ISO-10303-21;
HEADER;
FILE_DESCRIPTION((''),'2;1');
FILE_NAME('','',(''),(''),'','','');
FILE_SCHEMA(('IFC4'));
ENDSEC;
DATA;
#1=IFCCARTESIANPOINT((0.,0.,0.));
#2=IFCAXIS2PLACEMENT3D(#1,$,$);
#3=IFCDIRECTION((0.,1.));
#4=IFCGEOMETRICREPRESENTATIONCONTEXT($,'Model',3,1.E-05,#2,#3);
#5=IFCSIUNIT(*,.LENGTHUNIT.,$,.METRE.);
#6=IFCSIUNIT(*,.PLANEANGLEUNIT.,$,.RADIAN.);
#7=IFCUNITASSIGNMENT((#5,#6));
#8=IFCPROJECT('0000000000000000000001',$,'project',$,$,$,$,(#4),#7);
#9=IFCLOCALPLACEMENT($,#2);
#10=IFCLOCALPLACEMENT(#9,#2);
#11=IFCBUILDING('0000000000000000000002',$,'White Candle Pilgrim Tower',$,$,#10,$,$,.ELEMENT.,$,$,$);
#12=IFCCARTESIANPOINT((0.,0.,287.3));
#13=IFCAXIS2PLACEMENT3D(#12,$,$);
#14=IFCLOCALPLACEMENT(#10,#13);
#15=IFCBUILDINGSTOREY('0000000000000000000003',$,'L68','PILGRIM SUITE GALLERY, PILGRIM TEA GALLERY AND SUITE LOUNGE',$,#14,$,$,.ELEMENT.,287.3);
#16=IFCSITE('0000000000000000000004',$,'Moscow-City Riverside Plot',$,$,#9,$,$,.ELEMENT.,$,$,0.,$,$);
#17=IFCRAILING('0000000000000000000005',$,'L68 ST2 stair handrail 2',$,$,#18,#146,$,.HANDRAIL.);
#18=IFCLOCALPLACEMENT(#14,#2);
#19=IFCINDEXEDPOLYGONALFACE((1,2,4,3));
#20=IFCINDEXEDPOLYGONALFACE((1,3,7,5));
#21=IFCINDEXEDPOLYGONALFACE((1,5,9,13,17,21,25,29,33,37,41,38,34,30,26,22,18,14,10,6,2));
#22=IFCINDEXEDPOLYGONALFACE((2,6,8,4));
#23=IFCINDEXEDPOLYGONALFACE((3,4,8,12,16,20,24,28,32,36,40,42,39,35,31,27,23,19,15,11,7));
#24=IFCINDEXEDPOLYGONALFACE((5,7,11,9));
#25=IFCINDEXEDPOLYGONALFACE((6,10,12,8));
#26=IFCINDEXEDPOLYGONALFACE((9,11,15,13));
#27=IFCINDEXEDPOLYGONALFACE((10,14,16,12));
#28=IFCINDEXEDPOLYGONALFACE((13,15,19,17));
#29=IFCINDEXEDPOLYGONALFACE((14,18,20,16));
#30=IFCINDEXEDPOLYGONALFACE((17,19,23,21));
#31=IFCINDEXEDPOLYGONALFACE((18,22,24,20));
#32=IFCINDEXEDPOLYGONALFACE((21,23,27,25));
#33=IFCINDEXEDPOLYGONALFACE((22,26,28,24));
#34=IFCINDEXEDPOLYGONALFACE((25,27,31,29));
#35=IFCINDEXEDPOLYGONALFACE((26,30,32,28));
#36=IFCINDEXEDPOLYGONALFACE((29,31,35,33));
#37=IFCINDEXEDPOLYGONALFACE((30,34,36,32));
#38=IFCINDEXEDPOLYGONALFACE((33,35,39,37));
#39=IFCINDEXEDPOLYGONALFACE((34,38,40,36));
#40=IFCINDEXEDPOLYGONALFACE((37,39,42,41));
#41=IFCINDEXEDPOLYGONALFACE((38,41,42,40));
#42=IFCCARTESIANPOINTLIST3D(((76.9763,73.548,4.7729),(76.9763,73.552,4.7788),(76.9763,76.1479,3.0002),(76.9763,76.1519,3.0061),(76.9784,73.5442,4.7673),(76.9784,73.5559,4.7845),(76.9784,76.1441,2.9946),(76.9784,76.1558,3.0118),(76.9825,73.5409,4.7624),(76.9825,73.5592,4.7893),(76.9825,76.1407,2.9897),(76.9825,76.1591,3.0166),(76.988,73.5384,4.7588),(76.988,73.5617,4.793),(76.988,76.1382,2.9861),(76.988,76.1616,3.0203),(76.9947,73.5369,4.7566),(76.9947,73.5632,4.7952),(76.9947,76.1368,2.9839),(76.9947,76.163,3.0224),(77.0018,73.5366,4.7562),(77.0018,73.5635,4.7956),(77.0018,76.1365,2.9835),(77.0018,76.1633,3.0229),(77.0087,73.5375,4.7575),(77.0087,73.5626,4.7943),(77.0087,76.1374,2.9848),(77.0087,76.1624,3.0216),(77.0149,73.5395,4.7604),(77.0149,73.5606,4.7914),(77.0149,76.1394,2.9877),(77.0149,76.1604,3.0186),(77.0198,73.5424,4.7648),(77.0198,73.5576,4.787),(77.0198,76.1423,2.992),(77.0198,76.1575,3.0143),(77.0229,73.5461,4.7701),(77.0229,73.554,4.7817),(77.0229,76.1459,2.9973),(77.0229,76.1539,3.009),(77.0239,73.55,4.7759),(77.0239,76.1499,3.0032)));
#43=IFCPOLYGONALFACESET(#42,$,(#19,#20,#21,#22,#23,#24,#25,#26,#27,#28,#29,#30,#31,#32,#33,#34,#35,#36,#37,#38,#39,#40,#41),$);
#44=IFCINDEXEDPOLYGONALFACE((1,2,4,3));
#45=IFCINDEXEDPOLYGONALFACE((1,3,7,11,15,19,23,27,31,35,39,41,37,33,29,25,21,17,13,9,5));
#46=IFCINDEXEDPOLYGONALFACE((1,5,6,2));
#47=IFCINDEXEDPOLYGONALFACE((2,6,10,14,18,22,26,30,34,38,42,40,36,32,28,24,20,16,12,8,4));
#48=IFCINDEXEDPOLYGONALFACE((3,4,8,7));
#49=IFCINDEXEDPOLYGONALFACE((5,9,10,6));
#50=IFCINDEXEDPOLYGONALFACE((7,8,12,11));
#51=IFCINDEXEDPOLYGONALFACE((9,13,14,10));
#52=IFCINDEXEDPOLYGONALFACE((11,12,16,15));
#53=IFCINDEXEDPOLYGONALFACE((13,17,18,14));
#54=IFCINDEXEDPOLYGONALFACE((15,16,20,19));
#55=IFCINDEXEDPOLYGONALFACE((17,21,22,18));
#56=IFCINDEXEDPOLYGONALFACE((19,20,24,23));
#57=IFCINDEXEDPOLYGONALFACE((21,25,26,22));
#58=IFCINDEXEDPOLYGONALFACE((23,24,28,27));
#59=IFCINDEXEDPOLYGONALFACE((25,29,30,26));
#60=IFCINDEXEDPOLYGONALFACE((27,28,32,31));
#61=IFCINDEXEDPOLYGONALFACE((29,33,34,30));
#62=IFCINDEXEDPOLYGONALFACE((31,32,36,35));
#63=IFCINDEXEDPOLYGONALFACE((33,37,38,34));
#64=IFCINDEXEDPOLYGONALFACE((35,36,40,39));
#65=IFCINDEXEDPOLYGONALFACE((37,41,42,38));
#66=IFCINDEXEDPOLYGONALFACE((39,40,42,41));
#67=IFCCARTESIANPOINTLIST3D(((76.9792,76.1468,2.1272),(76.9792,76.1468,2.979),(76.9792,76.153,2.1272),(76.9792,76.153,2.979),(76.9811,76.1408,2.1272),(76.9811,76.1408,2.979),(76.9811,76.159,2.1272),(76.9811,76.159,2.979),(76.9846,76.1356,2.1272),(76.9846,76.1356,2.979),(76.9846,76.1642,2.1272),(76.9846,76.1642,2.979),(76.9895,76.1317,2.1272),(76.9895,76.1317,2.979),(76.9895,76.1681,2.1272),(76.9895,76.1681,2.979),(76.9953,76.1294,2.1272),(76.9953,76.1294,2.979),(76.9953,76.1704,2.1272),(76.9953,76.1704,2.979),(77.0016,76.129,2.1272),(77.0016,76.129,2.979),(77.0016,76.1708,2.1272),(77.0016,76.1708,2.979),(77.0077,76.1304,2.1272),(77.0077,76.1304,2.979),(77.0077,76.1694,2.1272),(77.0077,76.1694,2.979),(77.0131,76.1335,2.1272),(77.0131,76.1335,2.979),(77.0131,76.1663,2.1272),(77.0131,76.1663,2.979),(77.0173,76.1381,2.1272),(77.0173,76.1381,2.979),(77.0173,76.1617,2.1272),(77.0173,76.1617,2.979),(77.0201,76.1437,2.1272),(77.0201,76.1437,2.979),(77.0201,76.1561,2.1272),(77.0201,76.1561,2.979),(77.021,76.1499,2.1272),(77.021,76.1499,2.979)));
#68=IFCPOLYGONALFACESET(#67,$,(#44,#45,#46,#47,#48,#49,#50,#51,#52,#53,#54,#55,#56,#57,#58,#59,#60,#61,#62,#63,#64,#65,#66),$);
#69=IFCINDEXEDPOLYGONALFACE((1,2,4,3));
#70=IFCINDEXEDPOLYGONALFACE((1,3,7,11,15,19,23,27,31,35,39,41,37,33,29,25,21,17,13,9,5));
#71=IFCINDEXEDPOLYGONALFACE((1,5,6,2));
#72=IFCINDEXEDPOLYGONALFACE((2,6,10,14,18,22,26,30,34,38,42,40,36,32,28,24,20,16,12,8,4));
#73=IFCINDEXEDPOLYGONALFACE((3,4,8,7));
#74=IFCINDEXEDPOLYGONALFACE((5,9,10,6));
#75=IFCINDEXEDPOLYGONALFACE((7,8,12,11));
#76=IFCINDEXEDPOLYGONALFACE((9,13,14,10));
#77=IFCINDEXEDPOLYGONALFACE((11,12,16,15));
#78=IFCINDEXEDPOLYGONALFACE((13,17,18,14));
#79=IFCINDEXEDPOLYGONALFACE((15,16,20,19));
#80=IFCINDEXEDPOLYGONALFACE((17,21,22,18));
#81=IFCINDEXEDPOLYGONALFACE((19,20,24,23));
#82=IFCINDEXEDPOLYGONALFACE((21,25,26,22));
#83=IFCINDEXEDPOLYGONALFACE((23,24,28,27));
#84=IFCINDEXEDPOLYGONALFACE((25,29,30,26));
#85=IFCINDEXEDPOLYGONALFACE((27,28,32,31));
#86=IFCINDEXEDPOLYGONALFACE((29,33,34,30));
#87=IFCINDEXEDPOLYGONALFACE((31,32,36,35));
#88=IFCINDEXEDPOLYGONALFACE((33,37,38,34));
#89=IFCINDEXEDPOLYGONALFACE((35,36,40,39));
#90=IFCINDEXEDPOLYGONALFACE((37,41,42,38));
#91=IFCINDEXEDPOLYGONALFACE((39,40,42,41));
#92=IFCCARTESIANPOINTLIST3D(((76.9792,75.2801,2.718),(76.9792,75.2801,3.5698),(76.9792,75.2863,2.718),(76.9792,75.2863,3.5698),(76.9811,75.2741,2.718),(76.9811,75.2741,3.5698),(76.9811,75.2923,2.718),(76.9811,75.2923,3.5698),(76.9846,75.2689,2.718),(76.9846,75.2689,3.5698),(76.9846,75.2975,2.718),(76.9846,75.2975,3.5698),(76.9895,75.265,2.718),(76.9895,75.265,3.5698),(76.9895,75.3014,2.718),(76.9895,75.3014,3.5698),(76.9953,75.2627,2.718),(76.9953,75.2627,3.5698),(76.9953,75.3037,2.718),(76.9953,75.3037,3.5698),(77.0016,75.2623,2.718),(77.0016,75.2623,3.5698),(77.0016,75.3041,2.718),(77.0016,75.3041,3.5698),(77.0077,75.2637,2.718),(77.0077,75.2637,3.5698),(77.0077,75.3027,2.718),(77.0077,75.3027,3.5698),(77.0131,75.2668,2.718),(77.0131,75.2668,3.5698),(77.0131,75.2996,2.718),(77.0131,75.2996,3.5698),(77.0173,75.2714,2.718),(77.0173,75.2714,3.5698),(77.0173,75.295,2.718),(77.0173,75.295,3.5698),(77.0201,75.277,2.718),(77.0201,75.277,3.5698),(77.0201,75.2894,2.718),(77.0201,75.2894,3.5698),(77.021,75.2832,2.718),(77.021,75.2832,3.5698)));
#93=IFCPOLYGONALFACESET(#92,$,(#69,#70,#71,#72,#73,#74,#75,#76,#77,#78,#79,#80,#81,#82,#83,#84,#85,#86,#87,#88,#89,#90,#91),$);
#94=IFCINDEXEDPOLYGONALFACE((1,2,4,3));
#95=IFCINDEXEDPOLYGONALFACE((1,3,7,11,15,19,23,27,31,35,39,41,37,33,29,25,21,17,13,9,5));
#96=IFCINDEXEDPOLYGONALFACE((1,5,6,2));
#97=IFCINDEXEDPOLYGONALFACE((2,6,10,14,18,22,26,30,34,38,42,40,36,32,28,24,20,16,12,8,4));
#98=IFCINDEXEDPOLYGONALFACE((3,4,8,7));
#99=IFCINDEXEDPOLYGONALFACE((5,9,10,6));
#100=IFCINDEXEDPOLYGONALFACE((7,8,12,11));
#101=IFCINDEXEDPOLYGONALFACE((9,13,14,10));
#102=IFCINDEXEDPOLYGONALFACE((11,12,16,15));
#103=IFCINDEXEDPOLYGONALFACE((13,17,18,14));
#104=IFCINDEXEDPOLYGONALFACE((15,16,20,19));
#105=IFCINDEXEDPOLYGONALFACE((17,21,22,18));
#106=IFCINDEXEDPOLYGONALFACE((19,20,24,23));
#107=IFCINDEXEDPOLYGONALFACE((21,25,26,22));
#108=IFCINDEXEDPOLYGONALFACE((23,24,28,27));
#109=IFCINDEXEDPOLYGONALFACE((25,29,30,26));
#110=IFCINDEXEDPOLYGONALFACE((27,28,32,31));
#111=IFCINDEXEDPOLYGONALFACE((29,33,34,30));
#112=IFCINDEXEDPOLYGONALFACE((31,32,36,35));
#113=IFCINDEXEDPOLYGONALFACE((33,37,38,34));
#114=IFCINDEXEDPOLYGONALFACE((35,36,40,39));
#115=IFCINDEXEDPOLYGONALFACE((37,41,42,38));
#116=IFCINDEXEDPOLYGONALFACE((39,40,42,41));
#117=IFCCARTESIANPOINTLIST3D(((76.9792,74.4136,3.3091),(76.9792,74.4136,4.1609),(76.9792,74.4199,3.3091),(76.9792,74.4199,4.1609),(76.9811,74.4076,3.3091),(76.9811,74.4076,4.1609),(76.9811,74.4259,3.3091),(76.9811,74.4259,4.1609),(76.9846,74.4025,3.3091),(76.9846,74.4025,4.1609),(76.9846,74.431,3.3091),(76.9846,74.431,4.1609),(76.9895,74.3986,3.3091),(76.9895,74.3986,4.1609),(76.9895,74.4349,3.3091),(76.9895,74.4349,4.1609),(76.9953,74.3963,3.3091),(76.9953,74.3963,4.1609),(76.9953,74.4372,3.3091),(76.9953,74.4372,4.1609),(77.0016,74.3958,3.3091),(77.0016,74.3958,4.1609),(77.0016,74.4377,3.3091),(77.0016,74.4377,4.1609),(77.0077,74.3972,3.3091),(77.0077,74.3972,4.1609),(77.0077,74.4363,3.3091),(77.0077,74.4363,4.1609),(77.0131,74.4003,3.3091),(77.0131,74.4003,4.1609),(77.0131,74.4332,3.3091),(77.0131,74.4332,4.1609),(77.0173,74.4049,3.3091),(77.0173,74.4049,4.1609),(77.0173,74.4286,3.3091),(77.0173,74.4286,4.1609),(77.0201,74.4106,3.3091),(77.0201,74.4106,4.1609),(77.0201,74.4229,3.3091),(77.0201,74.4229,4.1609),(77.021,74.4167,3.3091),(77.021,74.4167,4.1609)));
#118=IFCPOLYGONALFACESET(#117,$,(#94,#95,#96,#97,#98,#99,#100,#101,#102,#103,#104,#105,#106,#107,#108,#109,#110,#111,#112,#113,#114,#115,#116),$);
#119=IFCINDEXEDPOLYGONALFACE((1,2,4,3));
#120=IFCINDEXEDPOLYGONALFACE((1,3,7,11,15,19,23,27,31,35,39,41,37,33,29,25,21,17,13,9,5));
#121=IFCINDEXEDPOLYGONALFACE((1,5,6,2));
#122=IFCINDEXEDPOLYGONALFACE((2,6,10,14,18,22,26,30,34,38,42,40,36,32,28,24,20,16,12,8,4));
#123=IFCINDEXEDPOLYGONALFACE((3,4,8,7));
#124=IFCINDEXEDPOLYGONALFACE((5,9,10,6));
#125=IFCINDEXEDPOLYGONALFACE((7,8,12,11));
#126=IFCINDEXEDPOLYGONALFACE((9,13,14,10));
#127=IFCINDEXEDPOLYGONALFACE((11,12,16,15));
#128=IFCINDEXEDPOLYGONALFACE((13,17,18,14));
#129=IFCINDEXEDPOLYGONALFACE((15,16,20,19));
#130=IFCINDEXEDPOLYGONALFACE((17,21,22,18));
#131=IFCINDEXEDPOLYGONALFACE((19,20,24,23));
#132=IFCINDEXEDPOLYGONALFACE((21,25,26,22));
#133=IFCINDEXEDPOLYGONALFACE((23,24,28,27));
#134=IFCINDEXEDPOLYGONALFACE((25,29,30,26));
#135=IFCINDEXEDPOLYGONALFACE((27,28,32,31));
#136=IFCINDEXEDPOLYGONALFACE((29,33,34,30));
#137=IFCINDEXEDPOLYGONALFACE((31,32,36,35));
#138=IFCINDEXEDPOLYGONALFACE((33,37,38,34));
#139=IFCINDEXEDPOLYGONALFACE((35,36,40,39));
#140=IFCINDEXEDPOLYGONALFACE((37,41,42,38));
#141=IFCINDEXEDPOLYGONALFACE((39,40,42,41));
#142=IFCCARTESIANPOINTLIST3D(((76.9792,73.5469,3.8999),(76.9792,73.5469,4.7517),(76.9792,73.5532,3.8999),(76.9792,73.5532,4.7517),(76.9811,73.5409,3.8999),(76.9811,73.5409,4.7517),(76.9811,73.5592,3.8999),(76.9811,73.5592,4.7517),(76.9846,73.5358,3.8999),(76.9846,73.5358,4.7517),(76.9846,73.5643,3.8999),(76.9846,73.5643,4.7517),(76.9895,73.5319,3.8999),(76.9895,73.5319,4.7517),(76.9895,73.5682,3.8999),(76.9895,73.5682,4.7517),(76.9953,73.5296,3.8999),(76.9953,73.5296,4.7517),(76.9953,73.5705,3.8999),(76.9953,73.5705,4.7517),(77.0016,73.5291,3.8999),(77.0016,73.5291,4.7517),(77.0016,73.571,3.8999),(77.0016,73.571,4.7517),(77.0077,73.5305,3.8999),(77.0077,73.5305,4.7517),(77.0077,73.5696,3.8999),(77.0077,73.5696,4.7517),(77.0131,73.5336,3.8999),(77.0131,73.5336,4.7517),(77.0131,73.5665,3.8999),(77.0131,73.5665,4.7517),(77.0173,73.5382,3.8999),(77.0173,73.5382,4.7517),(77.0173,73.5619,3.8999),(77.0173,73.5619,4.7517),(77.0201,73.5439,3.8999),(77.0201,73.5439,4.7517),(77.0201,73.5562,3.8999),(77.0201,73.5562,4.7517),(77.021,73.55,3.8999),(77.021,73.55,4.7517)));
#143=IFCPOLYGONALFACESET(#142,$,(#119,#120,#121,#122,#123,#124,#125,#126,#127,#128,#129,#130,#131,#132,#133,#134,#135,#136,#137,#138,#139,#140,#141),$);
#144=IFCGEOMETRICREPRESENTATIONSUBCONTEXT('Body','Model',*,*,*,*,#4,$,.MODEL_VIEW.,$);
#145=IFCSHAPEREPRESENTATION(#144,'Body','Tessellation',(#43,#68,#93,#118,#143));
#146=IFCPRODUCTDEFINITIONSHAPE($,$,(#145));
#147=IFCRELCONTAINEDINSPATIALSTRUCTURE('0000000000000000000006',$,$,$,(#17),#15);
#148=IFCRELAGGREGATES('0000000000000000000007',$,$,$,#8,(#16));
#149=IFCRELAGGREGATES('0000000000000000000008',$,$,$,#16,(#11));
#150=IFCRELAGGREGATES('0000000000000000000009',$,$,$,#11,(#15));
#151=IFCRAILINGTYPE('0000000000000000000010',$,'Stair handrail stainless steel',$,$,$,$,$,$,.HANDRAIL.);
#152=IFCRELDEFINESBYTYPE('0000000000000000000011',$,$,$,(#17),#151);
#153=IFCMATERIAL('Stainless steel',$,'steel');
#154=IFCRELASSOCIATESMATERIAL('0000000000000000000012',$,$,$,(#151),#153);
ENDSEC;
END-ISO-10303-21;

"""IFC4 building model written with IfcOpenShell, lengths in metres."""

from ifc_helpers import new_model, si_unit, direction, frame, origin, origin_2d, place, context, subcontext, project, spatial, circle, extrude, material, type_object, element, save


model = new_model("IFC4")

# Units and contexts
model_context = context("Model", 3, precision=1e-05, world=origin(), true_north=direction((0.0, 1.0)))
body_context = subcontext(model_context, "Body", "Model", "MODEL_VIEW")
ifc_project = project(units=[si_unit("LENGTHUNIT", "METRE"), si_unit("PLANEANGLEUNIT", "RADIAN")], contexts=[model_context])

# Site, building, storey
site_placement = place(None, origin())
site = spatial("IfcSite", under=ifc_project, at=site_placement, Name="Moscow-City Riverside Plot", CompositionType="ELEMENT", RefElevation=0.0)
building_placement = place(site_placement, origin())
building = spatial("IfcBuilding", under=site, at=building_placement, Name="White Candle Pilgrim Tower", CompositionType="ELEMENT")
storey_placement = place(building_placement, frame((0.0, 0.0, 287.3)))
storey = spatial("IfcBuildingStorey", under=building, at=storey_placement, Name="L68", Description="PILGRIM SUITE GALLERY, PILGRIM TEA GALLERY AND SUITE LOUNGE", CompositionType="ELEMENT", Elevation=287.3)

# Railing
ifc_material_1 = material(Name="Stainless steel", Category="steel")
railing_type_1 = type_object("IfcRailingType", Name="Stair handrail stainless steel", PredefinedType="HANDRAIL", material=ifc_material_1)
railing_1_placement = place(storey_placement, frame((77.0, 76.1499, 2.1272)))
element("IfcRailing", 1, at=railing_1_placement, inside=storey, type_object=railing_type_1, Name="L68 ST2 stair handrail 2", PredefinedType="HANDRAIL", context=body_context, shape_type="SweptSolid", body=[
    extrude(circle(Radius=0.0239, at=origin_2d()), frame((0.0, 0.0, 0.876), z_axis=(0.0, -0.826216, 0.563354), x_axis=(1.0, 0.0, 0.0)), (0.0, 0.0, 1.0), 3.1467),
    extrude(circle(Radius=0.021, at=origin_2d()), origin(), (0.0, 0.0, 1.0), 0.8518),
    extrude(circle(Radius=0.021, at=origin_2d()), frame((0.0, -0.8667, 0.5908)), (0.0, 0.0, 1.0), 0.8518),
    extrude(circle(Radius=0.021, at=origin_2d()), frame((0.0, -1.7332, 1.1819)), (0.0, 0.0, 1.0), 0.8518),
    extrude(circle(Radius=0.021, at=origin_2d()), frame((0.0, -2.5999, 1.7727)), (0.0, 0.0, 1.0), 0.8518),
])

save(model, "model.ifc")
